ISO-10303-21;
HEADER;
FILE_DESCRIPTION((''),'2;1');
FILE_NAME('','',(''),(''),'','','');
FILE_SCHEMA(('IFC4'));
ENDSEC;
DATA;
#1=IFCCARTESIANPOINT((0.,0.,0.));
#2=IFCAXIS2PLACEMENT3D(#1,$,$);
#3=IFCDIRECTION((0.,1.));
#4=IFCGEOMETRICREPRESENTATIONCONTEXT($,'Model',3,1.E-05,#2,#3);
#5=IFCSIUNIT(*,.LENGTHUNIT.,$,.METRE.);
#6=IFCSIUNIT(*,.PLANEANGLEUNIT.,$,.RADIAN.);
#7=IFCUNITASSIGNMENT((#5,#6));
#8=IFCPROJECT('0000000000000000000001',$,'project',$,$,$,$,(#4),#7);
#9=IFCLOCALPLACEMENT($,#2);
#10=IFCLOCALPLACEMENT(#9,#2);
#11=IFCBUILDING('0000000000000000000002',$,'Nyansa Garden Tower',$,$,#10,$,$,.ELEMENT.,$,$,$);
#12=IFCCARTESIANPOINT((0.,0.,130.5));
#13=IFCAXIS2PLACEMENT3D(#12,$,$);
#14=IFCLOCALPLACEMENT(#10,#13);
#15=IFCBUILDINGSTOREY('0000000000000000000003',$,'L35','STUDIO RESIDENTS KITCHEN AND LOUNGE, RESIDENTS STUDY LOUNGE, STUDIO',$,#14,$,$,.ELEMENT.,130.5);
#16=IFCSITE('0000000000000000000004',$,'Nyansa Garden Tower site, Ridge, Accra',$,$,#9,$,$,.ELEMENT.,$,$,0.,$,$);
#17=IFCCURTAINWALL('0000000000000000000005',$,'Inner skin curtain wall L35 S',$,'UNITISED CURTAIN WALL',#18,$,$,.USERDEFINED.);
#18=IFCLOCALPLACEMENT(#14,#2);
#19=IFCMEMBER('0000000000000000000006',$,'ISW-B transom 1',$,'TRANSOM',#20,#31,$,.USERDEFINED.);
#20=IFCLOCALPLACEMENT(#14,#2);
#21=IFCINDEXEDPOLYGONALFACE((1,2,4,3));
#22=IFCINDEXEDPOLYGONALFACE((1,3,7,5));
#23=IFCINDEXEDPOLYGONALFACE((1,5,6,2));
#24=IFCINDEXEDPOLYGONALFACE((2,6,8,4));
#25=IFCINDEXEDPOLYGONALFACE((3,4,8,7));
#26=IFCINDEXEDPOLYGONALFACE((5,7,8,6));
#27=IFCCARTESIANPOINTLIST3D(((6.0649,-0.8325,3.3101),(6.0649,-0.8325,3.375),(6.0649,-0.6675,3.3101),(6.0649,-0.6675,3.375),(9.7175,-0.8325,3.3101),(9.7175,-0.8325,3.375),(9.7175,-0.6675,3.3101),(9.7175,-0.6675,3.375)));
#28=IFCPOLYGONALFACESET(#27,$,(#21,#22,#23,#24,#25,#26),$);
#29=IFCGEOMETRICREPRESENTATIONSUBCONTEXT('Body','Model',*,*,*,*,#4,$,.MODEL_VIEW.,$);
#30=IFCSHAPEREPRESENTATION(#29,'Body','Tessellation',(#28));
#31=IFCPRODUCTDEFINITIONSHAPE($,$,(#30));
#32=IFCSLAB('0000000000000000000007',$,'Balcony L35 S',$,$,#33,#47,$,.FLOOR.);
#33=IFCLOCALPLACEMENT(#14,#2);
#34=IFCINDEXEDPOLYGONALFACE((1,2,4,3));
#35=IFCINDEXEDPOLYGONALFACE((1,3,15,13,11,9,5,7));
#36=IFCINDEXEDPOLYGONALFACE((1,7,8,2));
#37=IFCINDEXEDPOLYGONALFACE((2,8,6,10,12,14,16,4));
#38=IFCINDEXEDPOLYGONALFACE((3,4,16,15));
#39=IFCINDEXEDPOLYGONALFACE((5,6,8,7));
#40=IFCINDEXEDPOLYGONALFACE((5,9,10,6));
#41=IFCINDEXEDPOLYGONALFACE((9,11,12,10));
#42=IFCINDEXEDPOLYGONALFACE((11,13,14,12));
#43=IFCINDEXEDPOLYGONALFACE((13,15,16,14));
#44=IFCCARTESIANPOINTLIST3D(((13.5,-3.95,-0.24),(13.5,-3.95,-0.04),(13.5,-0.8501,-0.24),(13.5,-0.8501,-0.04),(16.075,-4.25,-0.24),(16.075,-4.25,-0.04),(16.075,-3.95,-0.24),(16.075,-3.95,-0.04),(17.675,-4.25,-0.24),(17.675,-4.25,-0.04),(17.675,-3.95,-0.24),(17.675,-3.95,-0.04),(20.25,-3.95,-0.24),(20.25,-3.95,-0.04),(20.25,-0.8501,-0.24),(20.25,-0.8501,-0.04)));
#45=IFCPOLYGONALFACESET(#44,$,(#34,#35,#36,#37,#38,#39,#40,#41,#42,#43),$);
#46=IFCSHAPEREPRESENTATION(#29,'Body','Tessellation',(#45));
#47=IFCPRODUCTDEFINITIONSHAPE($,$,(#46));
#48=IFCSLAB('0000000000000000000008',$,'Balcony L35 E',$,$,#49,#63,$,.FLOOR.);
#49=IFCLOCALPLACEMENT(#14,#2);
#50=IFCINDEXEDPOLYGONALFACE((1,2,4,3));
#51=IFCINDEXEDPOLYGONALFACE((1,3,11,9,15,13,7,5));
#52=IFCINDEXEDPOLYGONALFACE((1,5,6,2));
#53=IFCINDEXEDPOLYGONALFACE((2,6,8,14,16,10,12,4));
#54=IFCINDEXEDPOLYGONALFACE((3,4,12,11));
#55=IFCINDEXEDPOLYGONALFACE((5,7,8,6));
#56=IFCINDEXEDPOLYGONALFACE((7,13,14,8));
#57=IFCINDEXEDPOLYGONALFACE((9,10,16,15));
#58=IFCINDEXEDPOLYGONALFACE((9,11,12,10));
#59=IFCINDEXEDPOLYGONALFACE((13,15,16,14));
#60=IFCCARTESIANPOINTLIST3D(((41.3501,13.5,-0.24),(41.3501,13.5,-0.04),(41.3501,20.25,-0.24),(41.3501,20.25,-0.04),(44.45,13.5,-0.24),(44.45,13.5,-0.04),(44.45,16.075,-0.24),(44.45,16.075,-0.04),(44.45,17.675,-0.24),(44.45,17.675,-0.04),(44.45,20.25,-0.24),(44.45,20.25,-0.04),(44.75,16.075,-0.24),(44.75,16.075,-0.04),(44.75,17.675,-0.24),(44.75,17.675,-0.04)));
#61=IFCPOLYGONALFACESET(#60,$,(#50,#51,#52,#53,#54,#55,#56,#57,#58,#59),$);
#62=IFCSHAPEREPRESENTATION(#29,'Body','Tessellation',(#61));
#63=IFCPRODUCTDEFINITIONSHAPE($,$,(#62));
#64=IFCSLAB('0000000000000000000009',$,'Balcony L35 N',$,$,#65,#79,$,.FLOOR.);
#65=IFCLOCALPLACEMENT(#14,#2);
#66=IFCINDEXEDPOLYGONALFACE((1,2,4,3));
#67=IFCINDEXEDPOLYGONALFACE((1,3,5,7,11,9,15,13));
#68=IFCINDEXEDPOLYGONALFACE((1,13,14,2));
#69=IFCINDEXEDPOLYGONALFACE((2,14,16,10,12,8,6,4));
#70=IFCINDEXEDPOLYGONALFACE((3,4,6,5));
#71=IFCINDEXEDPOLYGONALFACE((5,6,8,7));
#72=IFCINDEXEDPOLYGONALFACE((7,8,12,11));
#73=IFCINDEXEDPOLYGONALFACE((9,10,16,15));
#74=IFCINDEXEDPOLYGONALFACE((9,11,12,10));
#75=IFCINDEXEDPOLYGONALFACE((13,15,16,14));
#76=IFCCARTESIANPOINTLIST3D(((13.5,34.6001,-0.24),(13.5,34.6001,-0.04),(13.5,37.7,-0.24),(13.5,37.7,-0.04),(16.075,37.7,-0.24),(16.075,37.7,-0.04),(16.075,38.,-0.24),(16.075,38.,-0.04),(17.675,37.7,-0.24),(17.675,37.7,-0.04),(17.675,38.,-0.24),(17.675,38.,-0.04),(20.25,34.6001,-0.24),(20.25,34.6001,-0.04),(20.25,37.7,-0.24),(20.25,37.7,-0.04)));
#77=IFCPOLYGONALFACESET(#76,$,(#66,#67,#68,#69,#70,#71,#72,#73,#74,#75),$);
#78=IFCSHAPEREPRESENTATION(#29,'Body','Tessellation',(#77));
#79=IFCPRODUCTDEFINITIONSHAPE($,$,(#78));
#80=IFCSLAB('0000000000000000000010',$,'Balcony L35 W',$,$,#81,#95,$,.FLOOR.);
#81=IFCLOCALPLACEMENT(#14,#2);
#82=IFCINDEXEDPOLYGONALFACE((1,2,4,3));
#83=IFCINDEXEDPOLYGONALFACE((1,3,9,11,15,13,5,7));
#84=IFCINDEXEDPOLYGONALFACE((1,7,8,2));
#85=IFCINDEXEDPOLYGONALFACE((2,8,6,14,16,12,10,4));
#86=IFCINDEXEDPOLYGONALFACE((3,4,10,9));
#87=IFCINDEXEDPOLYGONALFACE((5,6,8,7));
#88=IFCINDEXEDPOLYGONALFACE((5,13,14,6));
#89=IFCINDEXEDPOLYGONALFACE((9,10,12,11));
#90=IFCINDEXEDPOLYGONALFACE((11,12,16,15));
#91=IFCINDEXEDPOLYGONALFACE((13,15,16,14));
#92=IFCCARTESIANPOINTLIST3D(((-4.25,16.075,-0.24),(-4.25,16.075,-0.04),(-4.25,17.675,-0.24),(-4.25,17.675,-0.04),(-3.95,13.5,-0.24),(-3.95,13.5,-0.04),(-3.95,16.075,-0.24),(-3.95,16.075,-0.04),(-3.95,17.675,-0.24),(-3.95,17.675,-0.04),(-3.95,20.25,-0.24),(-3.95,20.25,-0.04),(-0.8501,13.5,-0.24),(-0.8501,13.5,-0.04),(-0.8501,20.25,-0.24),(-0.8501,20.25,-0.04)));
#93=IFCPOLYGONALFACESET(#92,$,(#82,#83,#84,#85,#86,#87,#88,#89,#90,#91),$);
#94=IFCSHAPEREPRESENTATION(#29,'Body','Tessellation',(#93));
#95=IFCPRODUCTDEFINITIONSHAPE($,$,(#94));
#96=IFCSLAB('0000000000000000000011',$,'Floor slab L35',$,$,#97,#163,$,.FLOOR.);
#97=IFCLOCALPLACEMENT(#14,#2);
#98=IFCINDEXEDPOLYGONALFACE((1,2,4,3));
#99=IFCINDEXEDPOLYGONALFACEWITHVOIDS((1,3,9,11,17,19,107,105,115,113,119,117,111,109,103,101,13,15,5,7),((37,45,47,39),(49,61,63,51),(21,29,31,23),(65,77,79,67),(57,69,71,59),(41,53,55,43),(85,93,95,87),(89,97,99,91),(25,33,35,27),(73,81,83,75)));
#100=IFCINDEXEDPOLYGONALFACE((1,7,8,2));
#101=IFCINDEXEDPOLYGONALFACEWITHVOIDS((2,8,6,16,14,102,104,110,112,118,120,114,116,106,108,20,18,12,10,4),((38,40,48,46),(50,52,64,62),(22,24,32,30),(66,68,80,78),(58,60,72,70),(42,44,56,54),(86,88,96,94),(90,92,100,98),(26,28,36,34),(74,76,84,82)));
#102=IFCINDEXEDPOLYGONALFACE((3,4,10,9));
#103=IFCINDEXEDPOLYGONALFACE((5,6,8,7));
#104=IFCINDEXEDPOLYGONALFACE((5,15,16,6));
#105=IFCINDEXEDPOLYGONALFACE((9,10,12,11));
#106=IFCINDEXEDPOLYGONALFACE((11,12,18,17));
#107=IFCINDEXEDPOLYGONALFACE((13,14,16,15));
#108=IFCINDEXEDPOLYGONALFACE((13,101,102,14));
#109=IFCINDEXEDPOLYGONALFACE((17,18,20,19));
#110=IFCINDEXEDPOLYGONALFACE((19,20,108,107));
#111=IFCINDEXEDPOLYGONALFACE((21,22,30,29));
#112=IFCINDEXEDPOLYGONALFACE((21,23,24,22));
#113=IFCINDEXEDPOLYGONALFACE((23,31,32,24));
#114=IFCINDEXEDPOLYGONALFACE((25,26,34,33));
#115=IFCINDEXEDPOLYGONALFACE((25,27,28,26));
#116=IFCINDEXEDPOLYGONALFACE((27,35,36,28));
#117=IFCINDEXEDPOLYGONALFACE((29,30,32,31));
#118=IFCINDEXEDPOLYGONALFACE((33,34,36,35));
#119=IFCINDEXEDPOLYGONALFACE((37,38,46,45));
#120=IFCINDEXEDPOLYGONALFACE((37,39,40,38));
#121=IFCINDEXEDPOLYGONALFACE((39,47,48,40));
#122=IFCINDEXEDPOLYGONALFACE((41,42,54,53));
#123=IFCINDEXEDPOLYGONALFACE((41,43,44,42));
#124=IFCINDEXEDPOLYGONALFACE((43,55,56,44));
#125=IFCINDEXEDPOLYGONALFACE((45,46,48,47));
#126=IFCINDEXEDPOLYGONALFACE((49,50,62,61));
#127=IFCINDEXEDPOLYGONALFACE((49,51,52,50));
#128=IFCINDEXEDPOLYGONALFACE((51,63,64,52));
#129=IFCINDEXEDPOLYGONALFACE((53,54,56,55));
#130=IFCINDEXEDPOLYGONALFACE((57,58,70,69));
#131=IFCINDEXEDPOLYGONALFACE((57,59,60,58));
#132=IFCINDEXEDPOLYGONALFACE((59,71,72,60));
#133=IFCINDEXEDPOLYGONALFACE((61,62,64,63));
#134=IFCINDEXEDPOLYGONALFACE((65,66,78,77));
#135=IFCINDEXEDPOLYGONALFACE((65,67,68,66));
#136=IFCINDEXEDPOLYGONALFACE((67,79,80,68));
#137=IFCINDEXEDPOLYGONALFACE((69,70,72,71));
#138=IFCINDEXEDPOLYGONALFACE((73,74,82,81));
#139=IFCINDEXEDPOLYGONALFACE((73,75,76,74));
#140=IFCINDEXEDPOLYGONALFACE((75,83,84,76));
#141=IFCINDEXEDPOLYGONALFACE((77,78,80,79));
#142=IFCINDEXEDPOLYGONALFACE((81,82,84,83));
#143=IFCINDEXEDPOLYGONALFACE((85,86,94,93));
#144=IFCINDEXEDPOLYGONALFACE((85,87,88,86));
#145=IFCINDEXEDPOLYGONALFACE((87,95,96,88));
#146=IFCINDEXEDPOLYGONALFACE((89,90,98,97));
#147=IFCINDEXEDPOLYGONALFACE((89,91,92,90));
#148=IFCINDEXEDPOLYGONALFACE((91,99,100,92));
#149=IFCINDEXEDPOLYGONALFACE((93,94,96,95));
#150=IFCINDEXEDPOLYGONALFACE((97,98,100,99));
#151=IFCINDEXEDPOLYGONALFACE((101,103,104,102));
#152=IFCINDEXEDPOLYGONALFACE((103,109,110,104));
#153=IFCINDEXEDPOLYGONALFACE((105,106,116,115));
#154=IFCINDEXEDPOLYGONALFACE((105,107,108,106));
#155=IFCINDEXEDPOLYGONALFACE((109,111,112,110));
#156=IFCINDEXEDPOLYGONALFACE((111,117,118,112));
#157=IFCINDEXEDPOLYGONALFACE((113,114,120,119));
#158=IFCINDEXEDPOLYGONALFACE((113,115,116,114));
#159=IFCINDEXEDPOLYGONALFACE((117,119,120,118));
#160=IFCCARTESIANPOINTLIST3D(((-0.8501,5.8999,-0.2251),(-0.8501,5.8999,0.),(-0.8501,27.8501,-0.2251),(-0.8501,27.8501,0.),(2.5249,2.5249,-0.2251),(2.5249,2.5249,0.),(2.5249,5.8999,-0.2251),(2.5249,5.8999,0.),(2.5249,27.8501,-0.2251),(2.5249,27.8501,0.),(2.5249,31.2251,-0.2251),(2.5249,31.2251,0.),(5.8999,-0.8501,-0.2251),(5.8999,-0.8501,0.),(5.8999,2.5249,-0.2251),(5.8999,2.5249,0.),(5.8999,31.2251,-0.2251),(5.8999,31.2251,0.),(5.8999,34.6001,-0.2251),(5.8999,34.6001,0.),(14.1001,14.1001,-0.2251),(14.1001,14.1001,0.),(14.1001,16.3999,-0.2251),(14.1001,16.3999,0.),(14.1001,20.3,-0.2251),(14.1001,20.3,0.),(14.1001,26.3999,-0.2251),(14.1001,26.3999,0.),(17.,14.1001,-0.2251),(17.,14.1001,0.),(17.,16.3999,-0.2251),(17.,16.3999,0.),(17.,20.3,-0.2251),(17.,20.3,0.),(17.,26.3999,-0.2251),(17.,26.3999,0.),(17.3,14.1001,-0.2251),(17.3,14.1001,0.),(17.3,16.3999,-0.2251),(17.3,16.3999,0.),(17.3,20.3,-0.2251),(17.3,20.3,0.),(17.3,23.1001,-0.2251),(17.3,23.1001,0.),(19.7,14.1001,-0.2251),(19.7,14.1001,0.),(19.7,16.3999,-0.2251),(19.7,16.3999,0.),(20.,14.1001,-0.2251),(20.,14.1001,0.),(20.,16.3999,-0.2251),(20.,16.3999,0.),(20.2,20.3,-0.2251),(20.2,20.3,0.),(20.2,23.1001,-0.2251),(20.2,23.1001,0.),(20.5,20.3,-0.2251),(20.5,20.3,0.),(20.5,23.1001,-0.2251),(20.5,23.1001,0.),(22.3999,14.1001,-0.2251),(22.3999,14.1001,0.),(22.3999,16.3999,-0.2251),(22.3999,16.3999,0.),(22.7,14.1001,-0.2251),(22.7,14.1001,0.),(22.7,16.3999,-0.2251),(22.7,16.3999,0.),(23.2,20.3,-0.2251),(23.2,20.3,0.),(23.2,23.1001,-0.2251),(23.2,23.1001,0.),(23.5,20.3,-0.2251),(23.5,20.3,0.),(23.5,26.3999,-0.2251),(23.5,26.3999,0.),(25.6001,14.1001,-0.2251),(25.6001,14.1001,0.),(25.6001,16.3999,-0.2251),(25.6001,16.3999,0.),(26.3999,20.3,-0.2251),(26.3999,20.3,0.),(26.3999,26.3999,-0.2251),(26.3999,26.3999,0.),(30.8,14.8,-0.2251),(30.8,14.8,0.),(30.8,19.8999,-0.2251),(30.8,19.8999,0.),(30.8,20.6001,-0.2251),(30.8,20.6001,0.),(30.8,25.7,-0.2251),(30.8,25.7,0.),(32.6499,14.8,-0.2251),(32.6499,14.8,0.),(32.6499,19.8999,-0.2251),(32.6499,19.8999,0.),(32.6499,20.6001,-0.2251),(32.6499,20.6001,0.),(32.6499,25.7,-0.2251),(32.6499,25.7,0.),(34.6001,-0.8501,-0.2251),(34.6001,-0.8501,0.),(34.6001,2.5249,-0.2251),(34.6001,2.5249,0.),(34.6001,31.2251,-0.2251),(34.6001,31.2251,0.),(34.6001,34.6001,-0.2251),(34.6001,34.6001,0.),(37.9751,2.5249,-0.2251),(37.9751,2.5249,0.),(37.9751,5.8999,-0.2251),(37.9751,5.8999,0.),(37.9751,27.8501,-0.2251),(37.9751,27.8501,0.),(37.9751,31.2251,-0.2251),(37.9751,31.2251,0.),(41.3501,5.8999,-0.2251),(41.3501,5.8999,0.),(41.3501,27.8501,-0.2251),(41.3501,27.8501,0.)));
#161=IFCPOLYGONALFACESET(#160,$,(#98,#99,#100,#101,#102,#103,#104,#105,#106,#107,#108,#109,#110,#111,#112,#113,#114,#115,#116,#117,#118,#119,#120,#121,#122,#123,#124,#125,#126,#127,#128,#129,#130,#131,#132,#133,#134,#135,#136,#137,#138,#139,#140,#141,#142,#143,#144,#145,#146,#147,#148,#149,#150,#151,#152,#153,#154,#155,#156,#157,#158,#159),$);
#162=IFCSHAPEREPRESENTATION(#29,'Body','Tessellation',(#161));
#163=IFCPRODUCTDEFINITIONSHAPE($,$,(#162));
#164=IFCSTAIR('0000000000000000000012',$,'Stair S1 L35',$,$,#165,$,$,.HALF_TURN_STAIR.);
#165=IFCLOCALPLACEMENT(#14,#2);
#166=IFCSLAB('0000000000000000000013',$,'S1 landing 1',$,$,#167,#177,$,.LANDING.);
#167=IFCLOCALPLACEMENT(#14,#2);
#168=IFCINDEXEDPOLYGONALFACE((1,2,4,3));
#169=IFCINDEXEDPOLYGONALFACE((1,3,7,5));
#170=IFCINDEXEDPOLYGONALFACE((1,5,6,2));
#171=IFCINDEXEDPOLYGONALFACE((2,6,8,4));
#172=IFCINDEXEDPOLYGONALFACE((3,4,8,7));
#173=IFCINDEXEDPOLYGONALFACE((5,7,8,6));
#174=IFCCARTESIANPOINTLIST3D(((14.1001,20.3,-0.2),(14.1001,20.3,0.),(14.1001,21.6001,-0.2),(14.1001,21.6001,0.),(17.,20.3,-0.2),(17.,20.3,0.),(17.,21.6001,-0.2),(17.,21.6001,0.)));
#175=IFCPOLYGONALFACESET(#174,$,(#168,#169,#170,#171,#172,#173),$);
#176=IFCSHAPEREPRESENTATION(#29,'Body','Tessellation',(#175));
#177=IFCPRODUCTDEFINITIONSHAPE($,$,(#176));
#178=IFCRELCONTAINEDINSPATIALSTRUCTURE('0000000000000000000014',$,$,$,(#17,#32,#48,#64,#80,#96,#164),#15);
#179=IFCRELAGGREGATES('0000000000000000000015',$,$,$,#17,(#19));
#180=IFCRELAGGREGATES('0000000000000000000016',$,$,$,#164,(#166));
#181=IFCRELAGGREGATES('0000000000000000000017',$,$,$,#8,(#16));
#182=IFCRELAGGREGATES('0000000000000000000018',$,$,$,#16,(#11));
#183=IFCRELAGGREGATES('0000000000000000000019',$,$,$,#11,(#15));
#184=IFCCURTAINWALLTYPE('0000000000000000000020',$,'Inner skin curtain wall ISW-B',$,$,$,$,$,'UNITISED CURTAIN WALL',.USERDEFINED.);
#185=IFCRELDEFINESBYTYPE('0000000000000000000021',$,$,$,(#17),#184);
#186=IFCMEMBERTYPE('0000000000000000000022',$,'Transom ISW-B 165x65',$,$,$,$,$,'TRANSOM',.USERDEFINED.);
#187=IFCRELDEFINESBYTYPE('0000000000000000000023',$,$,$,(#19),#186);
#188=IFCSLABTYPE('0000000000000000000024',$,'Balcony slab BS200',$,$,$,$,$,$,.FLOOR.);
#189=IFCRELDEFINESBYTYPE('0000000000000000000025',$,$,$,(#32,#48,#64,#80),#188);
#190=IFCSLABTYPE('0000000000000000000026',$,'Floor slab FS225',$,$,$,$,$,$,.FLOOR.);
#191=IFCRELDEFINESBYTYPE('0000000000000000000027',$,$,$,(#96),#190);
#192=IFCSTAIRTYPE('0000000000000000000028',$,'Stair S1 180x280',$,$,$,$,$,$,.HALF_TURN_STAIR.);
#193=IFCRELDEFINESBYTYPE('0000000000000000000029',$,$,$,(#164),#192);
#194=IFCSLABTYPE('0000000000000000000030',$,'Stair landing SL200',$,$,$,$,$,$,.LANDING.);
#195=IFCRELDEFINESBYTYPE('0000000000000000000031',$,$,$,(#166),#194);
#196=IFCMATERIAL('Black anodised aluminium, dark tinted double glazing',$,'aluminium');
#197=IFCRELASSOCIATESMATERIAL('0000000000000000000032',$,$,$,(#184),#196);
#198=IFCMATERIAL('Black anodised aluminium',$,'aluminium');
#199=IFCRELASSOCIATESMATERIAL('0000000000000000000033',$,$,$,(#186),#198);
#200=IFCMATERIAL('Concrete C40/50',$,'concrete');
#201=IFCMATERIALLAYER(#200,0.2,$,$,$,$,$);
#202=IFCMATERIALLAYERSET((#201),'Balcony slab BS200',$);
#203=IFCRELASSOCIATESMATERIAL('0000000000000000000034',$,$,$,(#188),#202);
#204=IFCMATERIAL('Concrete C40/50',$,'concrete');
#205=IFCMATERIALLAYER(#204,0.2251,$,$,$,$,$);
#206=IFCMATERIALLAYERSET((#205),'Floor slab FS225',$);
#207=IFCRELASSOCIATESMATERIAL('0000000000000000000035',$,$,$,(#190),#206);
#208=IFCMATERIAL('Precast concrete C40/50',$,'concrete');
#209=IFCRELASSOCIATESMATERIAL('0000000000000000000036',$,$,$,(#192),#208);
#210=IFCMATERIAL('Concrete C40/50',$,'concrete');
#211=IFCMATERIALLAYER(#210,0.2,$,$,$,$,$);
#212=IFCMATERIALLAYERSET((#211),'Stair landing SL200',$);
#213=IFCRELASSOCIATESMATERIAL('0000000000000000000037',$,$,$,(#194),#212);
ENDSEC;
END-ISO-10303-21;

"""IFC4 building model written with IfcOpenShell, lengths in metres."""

from ifc_helpers import new_model, si_unit, direction, frame, origin, origin_2d, place, context, subcontext, project, spatial, polyline, rectangle, outline, extrude, material, layer, layer_set, material_profile, profile_set, type_object, element, aggregate, save


model = new_model("IFC4")

# Units and contexts
model_context = context("Model", 3, precision=1e-05, world=origin(), true_north=direction((0.0, 1.0)))
body_context = subcontext(model_context, "Body", "Model", "MODEL_VIEW")
ifc_project = project(units=[si_unit("LENGTHUNIT", "METRE"), si_unit("PLANEANGLEUNIT", "RADIAN")], contexts=[model_context])

# Site, building, storey
site_placement = place(None, origin())
site = spatial("IfcSite", under=ifc_project, at=site_placement, Name="Nyansa Garden Tower site, Ridge, Accra", CompositionType="ELEMENT", RefElevation=0.0)
building_placement = place(site_placement, origin())
building = spatial("IfcBuilding", under=site, at=building_placement, Name="Nyansa Garden Tower", CompositionType="ELEMENT")
storey_placement = place(building_placement, frame((0.0, 0.0, 130.5)))
storey = spatial("IfcBuildingStorey", under=building, at=storey_placement, Name="L35", Description="STUDIO RESIDENTS KITCHEN AND LOUNGE, RESIDENTS STUDY LOUNGE, STUDIO", CompositionType="ELEMENT", Elevation=130.5)

# Curtain wall
ifc_material_1 = material(Name="Black anodised aluminium, dark tinted double glazing", Category="aluminium")
curtain_wall_type = type_object("IfcCurtainWallType", Name="Inner skin curtain wall ISW-B", ElementType="UNITISED CURTAIN WALL", PredefinedType="USERDEFINED", material=ifc_material_1)
curtain_wall_placement = place(storey_placement, origin())
curtain_wall = element("IfcCurtainWall", 1, at=curtain_wall_placement, inside=storey, type_object=curtain_wall_type, Name="Inner skin curtain wall L35 S", ObjectType="UNITISED CURTAIN WALL", PredefinedType="USERDEFINED")

# Member
ifc_material_2 = material(Name="Black anodised aluminium", Category="aluminium")
ifc_material_profile_1 = material_profile(ifc_material_2, rectangle(XDim=0.165, YDim=0.0649, at=origin_2d()), Name="Transom 165x65")
ifc_profile_set_1 = profile_set([ifc_material_profile_1], Name="Black anodised aluminium")
member_type_1 = type_object("IfcMemberType", Name="Transom ISW-B 165x65", ElementType="TRANSOM", PredefinedType="USERDEFINED", material=ifc_profile_set_1)
member_1_placement = place(storey_placement, frame((6.0649, -0.75, 3.3425), z_axis=(1.0, 0.0, 0.0), x_axis=(0.0, 1.0, 0.0)))
member_1 = element("IfcMember", 2, at=member_1_placement, type_object=member_type_1, Name="ISW-B transom 1", ObjectType="TRANSOM", PredefinedType="USERDEFINED", context=body_context, shape_type="SweptSolid", body=[
    extrude(rectangle(XDim=0.165, YDim=0.0649, at=origin_2d()), origin(), (0.0, 0.0, 1.0), 3.6526),
])
aggregate(curtain_wall, [member_1])

# Slabs
ifc_material_3 = material(Name="Concrete C40/50", Category="concrete")
ifc_layer_1 = layer(ifc_material_3, 0.2)
ifc_layer_set_1 = layer_set([ifc_layer_1], Name="Balcony slab BS200")
slab_type_1 = type_object("IfcSlabType", Name="Balcony slab BS200", PredefinedType="FLOOR", material=ifc_layer_set_1)
slab_1_placement = place(storey_placement, frame((0.0, 0.0, -0.24)))
element("IfcSlab", 3, at=slab_1_placement, inside=storey, type_object=slab_type_1, Name="Balcony L35 S", PredefinedType="FLOOR", context=body_context, shape_type="SweptSolid", body=[
    extrude(outline(polyline([(13.5, -0.8501), (20.25, -0.8501), (20.25, -3.95), (17.675, -3.95), (17.675, -4.25), (16.075, -4.25), (16.075, -3.95), (13.5, -3.95), (13.5, -0.8501)])), origin(), (0.0, 0.0, 1.0), 0.2),
])
slab_2_placement = place(storey_placement, frame((0.0, 0.0, -0.24)))
element("IfcSlab", 4, at=slab_2_placement, inside=storey, type_object=slab_type_1, Name="Balcony L35 E", PredefinedType="FLOOR", context=body_context, shape_type="SweptSolid", body=[
    extrude(outline(polyline([(41.3501, 13.5), (41.3501, 20.25), (44.45, 20.25), (44.45, 17.675), (44.75, 17.675), (44.75, 16.075), (44.45, 16.075), (44.45, 13.5), (41.3501, 13.5)])), origin(), (0.0, 0.0, 1.0), 0.2),
])
slab_3_placement = place(storey_placement, frame((0.0, 0.0, -0.24)))
element("IfcSlab", 5, at=slab_3_placement, inside=storey, type_object=slab_type_1, Name="Balcony L35 N", PredefinedType="FLOOR", context=body_context, shape_type="SweptSolid", body=[
    extrude(outline(polyline([(13.5, 34.6001), (20.25, 34.6001), (20.25, 37.7), (17.675, 37.7), (17.675, 38.0), (16.075, 38.0), (16.075, 37.7), (13.5, 37.7), (13.5, 34.6001)])), origin(), (0.0, 0.0, 1.0), 0.2),
])
slab_4_placement = place(storey_placement, frame((0.0, 0.0, -0.24)))
element("IfcSlab", 6, at=slab_4_placement, inside=storey, type_object=slab_type_1, Name="Balcony L35 W", PredefinedType="FLOOR", context=body_context, shape_type="SweptSolid", body=[
    extrude(outline(polyline([(-0.8501, 13.5), (-0.8501, 20.25), (-3.95, 20.25), (-3.95, 17.675), (-4.25, 17.675), (-4.25, 16.075), (-3.95, 16.075), (-3.95, 13.5), (-0.8501, 13.5)])), origin(), (0.0, 0.0, 1.0), 0.2),
])
ifc_material_4 = material(Name="Concrete C40/50", Category="concrete")
ifc_layer_2 = layer(ifc_material_4, 0.2251)
ifc_layer_set_2 = layer_set([ifc_layer_2], Name="Floor slab FS225")
slab_type_2 = type_object("IfcSlabType", Name="Floor slab FS225", PredefinedType="FLOOR", material=ifc_layer_set_2)
slab_5_placement = place(storey_placement, frame((0.0, 0.0, -0.2251)))
element("IfcSlab", 7, at=slab_5_placement, inside=storey, type_object=slab_type_2, Name="Floor slab L35", PredefinedType="FLOOR", context=body_context, shape_type="SweptSolid", body=[
    extrude(outline(polyline([(41.3501, 5.8999), (37.9751, 5.8999), (37.9751, 2.5249), (34.6001, 2.5249), (34.6001, -0.8501), (5.8999, -0.8501), (5.8999, 2.5249), (2.5249, 2.5249), (2.5249, 5.8999), (-0.8501, 5.8999), (-0.8501, 27.8501), (2.5249, 27.8501), (2.5249, 31.2251), (5.8999, 31.2251), (5.8999, 34.6001), (34.6001, 34.6001), (34.6001, 31.2251), (37.9751, 31.2251), (37.9751, 27.8501), (41.3501, 27.8501), (41.3501, 5.8999)]), holes=[polyline([(14.1001, 14.1001), (17.0, 14.1001), (17.0, 16.3999), (14.1001, 16.3999), (14.1001, 14.1001)]), polyline([(17.3, 14.1001), (19.7, 14.1001), (19.7, 16.3999), (17.3, 16.3999), (17.3, 14.1001)]), polyline([(20.0, 14.1001), (22.3999, 14.1001), (22.3999, 16.3999), (20.0, 16.3999), (20.0, 14.1001)]), polyline([(22.7, 14.1001), (25.6001, 14.1001), (25.6001, 16.3999), (22.7, 16.3999), (22.7, 14.1001)]), polyline([(17.3, 20.3), (20.2, 20.3), (20.2, 23.1001), (17.3, 23.1001), (17.3, 20.3)]), polyline([(20.5, 20.3), (23.2, 20.3), (23.2, 23.1001), (20.5, 23.1001), (20.5, 20.3)]), polyline([(30.8, 14.8), (32.6499, 14.8), (32.6499, 19.8999), (30.8, 19.8999), (30.8, 14.8)]), polyline([(30.8, 20.6001), (32.6499, 20.6001), (32.6499, 25.7), (30.8, 25.7), (30.8, 20.6001)]), polyline([(14.1001, 20.3), (17.0, 20.3), (17.0, 26.3999), (14.1001, 26.3999), (14.1001, 20.3)]), polyline([(23.5, 20.3), (26.3999, 20.3), (26.3999, 26.3999), (23.5, 26.3999), (23.5, 20.3)])]), origin(), (0.0, 0.0, 1.0), 0.2251),
])

# Stair, slab
ifc_material_5 = material(Name="Precast concrete C40/50", Category="concrete")
stair_type_1 = type_object("IfcStairType", Name="Stair S1 180x280", PredefinedType="HALF_TURN_STAIR", material=ifc_material_5)
stair_1_placement = place(storey_placement, origin())
stair_1 = element("IfcStair", 8, at=stair_1_placement, inside=storey, type_object=stair_type_1, Name="Stair S1 L35", PredefinedType="HALF_TURN_STAIR")
ifc_material_6 = material(Name="Concrete C40/50", Category="concrete")
ifc_layer_3 = layer(ifc_material_6, 0.2)
ifc_layer_set_3 = layer_set([ifc_layer_3], Name="Stair landing SL200")
slab_type_3 = type_object("IfcSlabType", Name="Stair landing SL200", PredefinedType="LANDING", material=ifc_layer_set_3)
slab_6_placement = place(storey_placement, frame((0.0, 0.0, -0.2)))
slab_6 = element("IfcSlab", 9, at=slab_6_placement, type_object=slab_type_3, Name="S1 landing 1", PredefinedType="LANDING", context=body_context, shape_type="SweptSolid", body=[
    extrude(outline(polyline([(14.1001, 20.3), (17.0, 20.3), (17.0, 21.6001), (14.1001, 21.6001), (14.1001, 20.3)])), origin(), (0.0, 0.0, 1.0), 0.2),
])
aggregate(stair_1, [slab_6])

save(model, "model.ifc")
